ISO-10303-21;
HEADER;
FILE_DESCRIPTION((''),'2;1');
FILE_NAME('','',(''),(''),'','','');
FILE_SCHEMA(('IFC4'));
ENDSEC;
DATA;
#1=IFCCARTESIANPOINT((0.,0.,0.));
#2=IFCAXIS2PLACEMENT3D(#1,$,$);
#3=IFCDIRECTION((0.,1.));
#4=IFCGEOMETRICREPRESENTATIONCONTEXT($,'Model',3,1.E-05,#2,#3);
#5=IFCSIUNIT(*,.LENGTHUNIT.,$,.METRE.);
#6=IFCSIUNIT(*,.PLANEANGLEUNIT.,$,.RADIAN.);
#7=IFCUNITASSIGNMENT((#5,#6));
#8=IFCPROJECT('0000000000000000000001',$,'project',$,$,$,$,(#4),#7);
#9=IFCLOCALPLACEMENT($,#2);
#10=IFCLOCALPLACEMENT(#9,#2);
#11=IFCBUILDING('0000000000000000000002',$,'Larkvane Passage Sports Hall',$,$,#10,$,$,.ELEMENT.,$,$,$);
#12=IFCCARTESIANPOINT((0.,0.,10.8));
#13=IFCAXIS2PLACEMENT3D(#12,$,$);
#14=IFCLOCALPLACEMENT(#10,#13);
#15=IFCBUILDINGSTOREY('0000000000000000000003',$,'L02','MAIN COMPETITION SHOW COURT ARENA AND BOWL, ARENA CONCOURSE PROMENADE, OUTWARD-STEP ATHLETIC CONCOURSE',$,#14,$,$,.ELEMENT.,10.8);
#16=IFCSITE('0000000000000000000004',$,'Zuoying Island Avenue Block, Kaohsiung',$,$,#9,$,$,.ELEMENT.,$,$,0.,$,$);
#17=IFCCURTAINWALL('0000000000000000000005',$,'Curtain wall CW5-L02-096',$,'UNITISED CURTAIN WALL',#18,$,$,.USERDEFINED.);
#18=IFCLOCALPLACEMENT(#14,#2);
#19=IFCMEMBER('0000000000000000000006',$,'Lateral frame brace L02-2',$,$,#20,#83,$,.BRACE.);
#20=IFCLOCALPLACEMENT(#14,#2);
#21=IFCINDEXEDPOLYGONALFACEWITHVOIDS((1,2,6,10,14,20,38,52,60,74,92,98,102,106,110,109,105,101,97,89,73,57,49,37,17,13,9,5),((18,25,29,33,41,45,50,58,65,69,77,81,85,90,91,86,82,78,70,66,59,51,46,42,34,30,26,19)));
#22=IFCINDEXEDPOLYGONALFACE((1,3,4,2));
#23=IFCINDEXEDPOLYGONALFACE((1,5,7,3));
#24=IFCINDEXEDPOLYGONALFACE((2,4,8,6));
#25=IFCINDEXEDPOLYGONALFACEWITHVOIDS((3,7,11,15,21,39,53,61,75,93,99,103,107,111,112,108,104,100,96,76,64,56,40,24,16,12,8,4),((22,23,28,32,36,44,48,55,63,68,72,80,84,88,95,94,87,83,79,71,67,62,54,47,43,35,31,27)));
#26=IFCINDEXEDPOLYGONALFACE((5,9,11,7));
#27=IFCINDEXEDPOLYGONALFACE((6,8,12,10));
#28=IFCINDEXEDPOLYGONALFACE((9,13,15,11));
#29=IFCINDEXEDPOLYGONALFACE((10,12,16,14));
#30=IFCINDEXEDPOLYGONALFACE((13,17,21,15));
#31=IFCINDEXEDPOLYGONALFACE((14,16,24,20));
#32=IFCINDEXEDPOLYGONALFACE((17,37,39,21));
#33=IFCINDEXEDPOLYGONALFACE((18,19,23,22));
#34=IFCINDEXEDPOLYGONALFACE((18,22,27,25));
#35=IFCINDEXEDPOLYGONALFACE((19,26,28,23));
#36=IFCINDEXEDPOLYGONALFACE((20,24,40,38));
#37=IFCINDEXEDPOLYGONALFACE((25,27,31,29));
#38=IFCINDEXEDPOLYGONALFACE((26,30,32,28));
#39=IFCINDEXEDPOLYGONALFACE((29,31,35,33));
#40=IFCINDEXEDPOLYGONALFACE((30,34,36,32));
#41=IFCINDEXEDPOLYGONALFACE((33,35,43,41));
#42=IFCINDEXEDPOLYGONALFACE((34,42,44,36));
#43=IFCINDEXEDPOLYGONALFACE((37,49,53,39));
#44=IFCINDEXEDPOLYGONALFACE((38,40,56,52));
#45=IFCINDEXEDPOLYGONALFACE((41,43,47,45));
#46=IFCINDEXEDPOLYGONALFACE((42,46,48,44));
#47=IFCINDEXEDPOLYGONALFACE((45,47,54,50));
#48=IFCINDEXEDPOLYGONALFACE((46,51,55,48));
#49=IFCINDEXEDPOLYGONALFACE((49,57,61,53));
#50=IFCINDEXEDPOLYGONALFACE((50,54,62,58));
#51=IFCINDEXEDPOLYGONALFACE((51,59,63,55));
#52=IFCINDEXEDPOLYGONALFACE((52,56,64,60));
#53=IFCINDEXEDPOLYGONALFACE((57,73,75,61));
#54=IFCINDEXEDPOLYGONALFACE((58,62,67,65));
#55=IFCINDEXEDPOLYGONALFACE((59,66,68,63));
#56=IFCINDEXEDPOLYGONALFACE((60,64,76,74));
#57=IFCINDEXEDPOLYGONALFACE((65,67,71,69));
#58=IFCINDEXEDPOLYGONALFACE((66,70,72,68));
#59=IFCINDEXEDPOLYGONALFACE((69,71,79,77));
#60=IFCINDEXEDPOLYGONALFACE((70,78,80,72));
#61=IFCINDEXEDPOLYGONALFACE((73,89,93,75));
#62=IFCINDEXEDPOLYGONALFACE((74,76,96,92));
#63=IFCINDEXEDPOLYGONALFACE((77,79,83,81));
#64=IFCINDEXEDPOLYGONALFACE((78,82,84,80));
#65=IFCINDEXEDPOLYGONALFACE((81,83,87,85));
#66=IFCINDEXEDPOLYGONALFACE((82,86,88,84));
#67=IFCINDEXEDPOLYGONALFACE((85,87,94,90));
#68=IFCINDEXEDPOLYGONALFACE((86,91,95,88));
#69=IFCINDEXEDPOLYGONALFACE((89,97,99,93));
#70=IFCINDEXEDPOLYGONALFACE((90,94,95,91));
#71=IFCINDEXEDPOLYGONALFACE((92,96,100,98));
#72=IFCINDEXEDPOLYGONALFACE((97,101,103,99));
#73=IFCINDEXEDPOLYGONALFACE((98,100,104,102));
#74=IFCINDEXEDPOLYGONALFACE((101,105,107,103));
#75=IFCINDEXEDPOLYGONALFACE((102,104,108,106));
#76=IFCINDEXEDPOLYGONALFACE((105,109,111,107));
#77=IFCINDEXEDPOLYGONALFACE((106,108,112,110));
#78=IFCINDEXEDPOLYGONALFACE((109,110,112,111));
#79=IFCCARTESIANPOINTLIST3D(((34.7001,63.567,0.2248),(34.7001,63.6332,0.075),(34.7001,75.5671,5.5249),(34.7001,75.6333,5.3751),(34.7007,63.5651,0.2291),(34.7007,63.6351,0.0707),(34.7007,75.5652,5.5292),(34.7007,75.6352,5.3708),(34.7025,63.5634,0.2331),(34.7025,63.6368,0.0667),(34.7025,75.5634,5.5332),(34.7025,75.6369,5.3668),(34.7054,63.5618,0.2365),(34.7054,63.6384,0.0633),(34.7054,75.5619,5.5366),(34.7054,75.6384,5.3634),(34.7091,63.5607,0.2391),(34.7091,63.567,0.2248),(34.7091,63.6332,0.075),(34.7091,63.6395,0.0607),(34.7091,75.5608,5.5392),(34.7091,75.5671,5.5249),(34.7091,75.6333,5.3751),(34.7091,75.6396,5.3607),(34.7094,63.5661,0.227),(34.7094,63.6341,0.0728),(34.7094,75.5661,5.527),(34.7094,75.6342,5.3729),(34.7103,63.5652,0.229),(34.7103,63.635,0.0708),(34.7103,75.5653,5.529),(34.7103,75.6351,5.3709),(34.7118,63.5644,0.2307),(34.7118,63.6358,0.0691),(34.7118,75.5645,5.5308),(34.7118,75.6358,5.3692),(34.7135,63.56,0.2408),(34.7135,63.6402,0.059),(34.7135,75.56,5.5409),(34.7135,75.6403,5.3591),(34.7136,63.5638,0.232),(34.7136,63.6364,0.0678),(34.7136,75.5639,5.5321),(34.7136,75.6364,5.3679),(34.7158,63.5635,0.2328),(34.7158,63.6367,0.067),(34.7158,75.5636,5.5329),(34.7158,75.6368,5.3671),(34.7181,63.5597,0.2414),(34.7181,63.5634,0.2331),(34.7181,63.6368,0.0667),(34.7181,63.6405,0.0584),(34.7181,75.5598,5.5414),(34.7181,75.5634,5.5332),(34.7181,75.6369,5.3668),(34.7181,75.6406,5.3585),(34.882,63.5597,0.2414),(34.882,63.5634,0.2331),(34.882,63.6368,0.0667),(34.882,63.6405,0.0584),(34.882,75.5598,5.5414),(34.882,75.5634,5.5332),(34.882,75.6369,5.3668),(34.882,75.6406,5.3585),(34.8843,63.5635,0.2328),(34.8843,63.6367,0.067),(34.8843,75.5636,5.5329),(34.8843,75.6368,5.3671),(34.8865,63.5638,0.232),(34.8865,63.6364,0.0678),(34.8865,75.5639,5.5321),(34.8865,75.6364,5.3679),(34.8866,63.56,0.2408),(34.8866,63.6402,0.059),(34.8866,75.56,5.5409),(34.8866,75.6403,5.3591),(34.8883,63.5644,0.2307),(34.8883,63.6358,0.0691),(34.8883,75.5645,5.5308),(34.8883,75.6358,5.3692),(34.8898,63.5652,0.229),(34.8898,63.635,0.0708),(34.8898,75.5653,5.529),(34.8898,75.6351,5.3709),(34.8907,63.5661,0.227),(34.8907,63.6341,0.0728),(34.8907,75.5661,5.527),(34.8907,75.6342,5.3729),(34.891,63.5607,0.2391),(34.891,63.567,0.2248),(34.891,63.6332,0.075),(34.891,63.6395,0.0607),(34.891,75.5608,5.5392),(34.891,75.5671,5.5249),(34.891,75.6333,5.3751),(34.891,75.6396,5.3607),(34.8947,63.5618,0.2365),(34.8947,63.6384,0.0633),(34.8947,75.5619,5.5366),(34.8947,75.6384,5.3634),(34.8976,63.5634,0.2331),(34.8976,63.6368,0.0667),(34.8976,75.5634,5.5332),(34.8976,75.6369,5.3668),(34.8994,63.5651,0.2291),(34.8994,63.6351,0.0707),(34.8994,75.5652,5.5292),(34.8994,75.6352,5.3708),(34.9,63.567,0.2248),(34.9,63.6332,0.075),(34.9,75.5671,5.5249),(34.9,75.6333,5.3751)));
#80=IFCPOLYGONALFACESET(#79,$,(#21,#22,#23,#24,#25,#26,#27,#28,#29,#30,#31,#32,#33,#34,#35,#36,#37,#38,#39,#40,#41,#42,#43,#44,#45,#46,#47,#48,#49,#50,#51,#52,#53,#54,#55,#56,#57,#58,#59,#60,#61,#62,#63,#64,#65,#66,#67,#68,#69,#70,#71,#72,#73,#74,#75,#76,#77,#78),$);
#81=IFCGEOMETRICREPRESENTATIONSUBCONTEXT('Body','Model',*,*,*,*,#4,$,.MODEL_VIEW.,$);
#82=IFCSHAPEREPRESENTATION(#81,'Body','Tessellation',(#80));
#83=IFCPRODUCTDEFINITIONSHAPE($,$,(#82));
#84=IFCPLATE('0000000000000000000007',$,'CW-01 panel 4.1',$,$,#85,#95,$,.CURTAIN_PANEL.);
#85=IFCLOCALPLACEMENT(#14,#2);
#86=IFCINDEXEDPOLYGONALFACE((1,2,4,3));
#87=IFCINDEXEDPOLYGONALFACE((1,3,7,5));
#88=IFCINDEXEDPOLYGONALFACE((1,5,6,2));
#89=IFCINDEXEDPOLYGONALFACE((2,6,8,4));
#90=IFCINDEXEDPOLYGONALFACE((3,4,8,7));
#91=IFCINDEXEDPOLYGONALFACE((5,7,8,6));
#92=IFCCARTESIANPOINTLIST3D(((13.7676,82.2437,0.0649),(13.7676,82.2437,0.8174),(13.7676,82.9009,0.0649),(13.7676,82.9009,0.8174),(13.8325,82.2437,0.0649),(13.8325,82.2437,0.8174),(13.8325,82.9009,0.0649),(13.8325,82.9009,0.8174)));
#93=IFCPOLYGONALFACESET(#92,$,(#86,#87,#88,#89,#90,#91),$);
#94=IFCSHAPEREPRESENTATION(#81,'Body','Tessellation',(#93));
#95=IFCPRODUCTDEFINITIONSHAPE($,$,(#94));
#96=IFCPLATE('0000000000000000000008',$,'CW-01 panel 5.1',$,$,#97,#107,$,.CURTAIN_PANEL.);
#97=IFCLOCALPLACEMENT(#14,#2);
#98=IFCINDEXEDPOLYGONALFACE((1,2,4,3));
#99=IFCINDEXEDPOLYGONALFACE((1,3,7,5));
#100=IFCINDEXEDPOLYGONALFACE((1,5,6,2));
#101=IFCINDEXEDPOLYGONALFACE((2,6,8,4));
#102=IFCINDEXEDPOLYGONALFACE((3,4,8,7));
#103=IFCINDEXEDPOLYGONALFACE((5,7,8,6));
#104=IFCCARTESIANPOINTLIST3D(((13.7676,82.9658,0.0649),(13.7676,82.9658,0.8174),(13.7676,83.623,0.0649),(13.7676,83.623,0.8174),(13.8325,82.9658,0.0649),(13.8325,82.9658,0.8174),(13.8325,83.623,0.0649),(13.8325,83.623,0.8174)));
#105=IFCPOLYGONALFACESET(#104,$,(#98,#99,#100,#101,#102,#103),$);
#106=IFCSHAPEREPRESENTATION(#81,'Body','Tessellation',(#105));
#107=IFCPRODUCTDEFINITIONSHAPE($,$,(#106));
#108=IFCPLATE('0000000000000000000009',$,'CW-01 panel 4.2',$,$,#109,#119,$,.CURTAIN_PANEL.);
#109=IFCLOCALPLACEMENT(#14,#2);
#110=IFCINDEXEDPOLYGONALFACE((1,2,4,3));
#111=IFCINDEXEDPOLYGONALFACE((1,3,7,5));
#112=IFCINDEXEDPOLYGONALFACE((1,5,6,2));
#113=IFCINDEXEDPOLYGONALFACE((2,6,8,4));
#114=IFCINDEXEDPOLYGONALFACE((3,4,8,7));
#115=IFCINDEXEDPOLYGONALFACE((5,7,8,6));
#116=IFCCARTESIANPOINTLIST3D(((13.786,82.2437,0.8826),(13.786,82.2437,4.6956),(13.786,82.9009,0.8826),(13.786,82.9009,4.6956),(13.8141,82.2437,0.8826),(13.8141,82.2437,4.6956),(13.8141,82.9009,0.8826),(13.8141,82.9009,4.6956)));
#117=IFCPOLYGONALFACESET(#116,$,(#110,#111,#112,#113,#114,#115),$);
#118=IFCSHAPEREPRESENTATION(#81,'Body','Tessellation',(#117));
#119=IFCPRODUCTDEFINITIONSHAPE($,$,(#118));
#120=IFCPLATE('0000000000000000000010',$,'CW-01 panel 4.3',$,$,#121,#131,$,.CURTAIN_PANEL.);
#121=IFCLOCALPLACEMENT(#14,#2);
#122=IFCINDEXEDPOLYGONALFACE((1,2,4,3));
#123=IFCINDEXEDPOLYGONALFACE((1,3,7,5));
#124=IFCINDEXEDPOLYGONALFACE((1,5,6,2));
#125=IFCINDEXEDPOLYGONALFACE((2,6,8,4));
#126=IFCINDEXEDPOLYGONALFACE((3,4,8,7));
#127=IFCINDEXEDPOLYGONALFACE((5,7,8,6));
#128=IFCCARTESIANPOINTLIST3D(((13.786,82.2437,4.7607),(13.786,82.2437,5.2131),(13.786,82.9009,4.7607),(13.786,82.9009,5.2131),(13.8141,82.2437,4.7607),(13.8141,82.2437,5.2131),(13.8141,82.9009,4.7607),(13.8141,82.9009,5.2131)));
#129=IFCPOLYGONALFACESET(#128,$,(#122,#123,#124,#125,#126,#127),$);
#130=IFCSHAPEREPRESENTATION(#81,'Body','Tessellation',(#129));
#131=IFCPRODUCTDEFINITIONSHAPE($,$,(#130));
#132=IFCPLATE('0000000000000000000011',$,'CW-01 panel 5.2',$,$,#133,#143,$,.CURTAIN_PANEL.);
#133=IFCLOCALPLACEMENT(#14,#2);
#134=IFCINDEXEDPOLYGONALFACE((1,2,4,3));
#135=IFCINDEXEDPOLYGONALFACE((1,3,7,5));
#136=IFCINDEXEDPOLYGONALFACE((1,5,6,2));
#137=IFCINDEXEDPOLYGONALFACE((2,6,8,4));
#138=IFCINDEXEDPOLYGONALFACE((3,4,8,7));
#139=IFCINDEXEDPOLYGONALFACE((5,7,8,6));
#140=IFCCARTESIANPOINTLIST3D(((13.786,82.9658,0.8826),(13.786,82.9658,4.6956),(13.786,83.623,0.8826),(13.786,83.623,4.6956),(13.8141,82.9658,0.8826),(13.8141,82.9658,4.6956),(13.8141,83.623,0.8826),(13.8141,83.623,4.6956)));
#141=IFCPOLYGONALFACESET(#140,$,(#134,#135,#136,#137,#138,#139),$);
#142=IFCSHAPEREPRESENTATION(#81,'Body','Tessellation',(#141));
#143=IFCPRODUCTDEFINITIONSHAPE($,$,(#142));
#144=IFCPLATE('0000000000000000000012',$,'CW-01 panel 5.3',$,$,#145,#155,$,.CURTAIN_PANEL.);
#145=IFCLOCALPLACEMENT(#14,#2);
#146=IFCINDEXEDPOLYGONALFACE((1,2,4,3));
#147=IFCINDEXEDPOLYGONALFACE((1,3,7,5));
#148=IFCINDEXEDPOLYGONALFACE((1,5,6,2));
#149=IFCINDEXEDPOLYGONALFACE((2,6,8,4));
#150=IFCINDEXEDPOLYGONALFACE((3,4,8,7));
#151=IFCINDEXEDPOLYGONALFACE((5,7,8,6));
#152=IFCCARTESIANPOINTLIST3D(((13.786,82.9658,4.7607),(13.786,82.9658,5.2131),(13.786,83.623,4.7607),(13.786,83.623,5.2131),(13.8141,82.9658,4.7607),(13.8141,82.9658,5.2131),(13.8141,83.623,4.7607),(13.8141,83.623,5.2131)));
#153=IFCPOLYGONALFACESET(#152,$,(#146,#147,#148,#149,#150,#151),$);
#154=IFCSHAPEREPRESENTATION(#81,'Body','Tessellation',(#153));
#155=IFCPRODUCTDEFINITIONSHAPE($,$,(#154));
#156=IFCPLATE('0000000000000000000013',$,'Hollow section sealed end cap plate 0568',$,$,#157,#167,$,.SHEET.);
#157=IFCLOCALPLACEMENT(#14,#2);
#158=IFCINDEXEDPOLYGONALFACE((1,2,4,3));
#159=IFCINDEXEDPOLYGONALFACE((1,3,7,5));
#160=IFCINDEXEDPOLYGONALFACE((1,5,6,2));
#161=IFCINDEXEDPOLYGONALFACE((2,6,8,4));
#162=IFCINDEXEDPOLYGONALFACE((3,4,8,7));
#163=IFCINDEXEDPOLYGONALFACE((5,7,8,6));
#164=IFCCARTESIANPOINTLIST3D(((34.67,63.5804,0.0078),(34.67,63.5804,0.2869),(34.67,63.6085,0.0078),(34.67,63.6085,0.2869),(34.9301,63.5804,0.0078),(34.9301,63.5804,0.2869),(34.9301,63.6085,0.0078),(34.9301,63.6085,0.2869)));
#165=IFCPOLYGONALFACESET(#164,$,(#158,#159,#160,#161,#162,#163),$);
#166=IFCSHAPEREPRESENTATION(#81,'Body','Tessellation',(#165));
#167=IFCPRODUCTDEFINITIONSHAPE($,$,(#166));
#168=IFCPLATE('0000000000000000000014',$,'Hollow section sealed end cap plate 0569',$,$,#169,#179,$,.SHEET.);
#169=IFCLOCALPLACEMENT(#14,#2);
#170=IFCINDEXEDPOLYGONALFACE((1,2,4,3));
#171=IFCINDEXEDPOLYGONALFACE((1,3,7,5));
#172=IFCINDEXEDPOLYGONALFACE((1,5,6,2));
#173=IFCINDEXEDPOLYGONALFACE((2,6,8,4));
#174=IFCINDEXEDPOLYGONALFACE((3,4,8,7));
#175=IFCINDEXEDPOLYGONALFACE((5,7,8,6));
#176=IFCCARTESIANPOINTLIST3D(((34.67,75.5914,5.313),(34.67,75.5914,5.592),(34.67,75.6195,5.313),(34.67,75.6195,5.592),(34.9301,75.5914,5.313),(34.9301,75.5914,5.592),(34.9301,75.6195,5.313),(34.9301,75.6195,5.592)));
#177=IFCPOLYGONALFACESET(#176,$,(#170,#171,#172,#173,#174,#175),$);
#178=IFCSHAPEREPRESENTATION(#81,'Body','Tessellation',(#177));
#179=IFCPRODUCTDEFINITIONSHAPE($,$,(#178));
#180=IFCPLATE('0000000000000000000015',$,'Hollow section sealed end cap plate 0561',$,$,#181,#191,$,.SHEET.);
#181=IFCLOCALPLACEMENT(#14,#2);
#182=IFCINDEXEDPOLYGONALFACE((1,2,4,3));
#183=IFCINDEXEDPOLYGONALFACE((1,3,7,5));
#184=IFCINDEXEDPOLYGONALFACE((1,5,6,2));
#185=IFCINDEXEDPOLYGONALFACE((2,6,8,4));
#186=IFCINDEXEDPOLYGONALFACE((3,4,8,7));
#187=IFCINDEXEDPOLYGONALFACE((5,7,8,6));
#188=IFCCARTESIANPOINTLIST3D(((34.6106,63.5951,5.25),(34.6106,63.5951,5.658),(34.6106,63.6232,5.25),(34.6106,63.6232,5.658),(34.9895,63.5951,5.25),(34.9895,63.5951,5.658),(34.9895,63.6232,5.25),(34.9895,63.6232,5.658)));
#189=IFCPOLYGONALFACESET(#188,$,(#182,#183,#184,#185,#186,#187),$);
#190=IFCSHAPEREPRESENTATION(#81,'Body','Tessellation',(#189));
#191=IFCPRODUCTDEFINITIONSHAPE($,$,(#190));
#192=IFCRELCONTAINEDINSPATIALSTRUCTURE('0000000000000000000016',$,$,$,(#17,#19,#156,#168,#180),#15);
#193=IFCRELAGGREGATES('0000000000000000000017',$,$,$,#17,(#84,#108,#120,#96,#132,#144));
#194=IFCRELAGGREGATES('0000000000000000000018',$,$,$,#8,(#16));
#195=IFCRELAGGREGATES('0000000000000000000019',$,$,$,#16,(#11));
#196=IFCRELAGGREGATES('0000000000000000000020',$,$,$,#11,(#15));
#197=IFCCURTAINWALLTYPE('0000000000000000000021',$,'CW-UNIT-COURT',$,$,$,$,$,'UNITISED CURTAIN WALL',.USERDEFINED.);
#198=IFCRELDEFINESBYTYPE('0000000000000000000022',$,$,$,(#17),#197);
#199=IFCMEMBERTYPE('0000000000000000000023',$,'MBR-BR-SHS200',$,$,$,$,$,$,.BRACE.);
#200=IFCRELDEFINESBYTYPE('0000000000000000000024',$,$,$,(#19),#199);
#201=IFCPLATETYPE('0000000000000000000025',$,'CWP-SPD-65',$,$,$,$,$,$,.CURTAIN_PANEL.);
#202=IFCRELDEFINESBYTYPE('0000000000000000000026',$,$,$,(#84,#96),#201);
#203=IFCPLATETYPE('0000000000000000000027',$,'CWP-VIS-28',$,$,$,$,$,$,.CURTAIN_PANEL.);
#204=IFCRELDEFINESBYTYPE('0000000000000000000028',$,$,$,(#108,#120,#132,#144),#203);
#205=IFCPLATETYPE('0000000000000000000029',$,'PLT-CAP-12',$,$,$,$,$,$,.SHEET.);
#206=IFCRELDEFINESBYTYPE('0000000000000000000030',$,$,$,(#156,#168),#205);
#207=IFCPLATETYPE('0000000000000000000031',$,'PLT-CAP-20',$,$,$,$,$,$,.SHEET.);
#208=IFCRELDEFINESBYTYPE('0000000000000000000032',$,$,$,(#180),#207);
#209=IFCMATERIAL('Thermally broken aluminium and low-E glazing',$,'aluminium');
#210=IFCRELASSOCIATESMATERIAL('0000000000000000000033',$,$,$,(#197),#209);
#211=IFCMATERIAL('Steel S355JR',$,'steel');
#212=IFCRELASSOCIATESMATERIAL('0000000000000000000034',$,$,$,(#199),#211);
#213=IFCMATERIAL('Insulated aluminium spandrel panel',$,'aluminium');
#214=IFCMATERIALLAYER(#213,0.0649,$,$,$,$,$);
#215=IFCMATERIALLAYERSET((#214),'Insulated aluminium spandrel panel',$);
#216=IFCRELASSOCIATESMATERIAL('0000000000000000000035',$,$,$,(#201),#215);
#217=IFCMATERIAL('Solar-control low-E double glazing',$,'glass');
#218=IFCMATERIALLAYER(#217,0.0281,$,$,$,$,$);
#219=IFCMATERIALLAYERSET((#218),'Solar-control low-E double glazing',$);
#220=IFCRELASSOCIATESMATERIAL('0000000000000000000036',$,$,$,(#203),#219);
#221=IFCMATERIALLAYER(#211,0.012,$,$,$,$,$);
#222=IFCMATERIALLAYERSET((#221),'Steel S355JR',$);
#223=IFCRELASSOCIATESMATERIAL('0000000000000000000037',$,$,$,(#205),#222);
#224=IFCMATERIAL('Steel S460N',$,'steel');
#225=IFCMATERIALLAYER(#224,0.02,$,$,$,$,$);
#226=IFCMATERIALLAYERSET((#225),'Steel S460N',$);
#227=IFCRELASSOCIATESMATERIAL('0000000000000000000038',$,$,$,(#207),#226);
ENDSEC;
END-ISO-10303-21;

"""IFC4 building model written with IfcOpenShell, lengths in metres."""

from ifc_helpers import new_model, si_unit, direction, frame, origin, origin_2d, place, context, subcontext, project, spatial, rectangle, hollow_rectangle, extrude, material, layer, layer_set, material_profile, profile_set, type_object, element, aggregate, save


model = new_model("IFC4")

# Units and contexts
model_context = context("Model", 3, precision=1e-05, world=origin(), true_north=direction((0.0, 1.0)))
body_context = subcontext(model_context, "Body", "Model", "MODEL_VIEW")
ifc_project = project(units=[si_unit("LENGTHUNIT", "METRE"), si_unit("PLANEANGLEUNIT", "RADIAN")], contexts=[model_context])

# Site, building, storey
site_placement = place(None, origin())
site = spatial("IfcSite", under=ifc_project, at=site_placement, Name="Zuoying Island Avenue Block, Kaohsiung", CompositionType="ELEMENT", RefElevation=0.0)
building_placement = place(site_placement, origin())
building = spatial("IfcBuilding", under=site, at=building_placement, Name="Larkvane Passage Sports Hall", CompositionType="ELEMENT")
storey_placement = place(building_placement, frame((0.0, 0.0, 10.8)))
storey = spatial("IfcBuildingStorey", under=building, at=storey_placement, Name="L02", Description="MAIN COMPETITION SHOW COURT ARENA AND BOWL, ARENA CONCOURSE PROMENADE, OUTWARD-STEP ATHLETIC CONCOURSE", CompositionType="ELEMENT", Elevation=10.8)

# Shared definitions
ifc_material_1 = material(Name="Steel S460N", Category="steel")

# Curtain wall
ifc_material_2 = material(Name="Thermally broken aluminium and low-E glazing", Category="aluminium")
curtain_wall_type = type_object("IfcCurtainWallType", Name="CW-UNIT-COURT", ElementType="UNITISED CURTAIN WALL", PredefinedType="USERDEFINED", material=ifc_material_2)
curtain_wall_placement = place(storey_placement, origin())
curtain_wall = element("IfcCurtainWall", 1, at=curtain_wall_placement, inside=storey, type_object=curtain_wall_type, Name="Curtain wall CW5-L02-096", ObjectType="UNITISED CURTAIN WALL", PredefinedType="USERDEFINED")

# Shared definitions
ifc_material_3 = material(Name="Steel S355JR", Category="steel")

# Member
ifc_material_profile_1 = material_profile(ifc_material_3, hollow_rectangle(XDim=0.2, YDim=0.2, WallThickness=0.009, InnerFilletRadius=0.009, OuterFilletRadius=0.0181, at=origin_2d()), Name="SHS-200x200x9")
ifc_profile_set_1 = profile_set([ifc_material_profile_1], Name="Steel S355JR")
member_type_1 = type_object("IfcMemberType", Name="MBR-BR-SHS200", PredefinedType="BRACE", material=ifc_profile_set_1)
member_1_placement = place(storey_placement, frame((34.8, 63.6001, 0.1499), z_axis=(0.0, 0.914751, 0.404019), x_axis=(-1.0, 0.0, 0.0)))
element("IfcMember", 2, at=member_1_placement, inside=storey, type_object=member_type_1, Name="Lateral frame brace L02-2", PredefinedType="BRACE", context=body_context, shape_type="SweptSolid", body=[
    extrude(hollow_rectangle(XDim=0.2, YDim=0.2, WallThickness=0.009, InnerFilletRadius=0.009, OuterFilletRadius=0.0181, at=origin_2d()), origin(), (0.0, 0.0, 1.0), 13.1184),
])

# Plates
ifc_material_4 = material(Name="Insulated aluminium spandrel panel", Category="aluminium")
ifc_layer_1 = layer(ifc_material_4, 0.0649)
ifc_layer_set_1 = layer_set([ifc_layer_1], Name="Insulated aluminium spandrel panel")
plate_type_1 = type_object("IfcPlateType", Name="CWP-SPD-65", PredefinedType="CURTAIN_PANEL", material=ifc_layer_set_1)
plate_1_placement = place(storey_placement, frame((13.8, 82.5723, 0.0649), z_axis=(0.0, 0.0, 1.0), x_axis=(0.0, 1.0, 0.0)))
plate_1 = element("IfcPlate", 3, at=plate_1_placement, type_object=plate_type_1, Name="CW-01 panel 4.1", PredefinedType="CURTAIN_PANEL", context=body_context, shape_type="SweptSolid", body=[
    extrude(rectangle(XDim=0.6572, YDim=0.0649, at=origin_2d()), origin(), (0.0, 0.0, 1.0), 0.7524),
])
plate_2_placement = place(storey_placement, frame((13.8, 83.2944, 0.0649), z_axis=(0.0, 0.0, 1.0), x_axis=(0.0, 1.0, 0.0)))
plate_2 = element("IfcPlate", 4, at=plate_2_placement, type_object=plate_type_1, Name="CW-01 panel 5.1", PredefinedType="CURTAIN_PANEL", context=body_context, shape_type="SweptSolid", body=[
    extrude(rectangle(XDim=0.6572, YDim=0.0649, at=origin_2d()), origin(), (0.0, 0.0, 1.0), 0.7524),
])
ifc_material_5 = material(Name="Solar-control low-E double glazing", Category="glass")
ifc_layer_2 = layer(ifc_material_5, 0.0281)
ifc_layer_set_2 = layer_set([ifc_layer_2], Name="Solar-control low-E double glazing")
plate_type_2 = type_object("IfcPlateType", Name="CWP-VIS-28", PredefinedType="CURTAIN_PANEL", material=ifc_layer_set_2)
plate_3_placement = place(storey_placement, frame((13.8, 82.5723, 0.8826), z_axis=(0.0, 0.0, 1.0), x_axis=(0.0, 1.0, 0.0)))
plate_3 = element("IfcPlate", 5, at=plate_3_placement, type_object=plate_type_2, Name="CW-01 panel 4.2", PredefinedType="CURTAIN_PANEL", context=body_context, shape_type="SweptSolid", body=[
    extrude(rectangle(XDim=0.6572, YDim=0.0281, at=origin_2d()), origin(), (0.0, 0.0, 1.0), 3.813),
])
plate_4_placement = place(storey_placement, frame((13.8, 82.5723, 4.7607), z_axis=(0.0, 0.0, 1.0), x_axis=(0.0, 1.0, 0.0)))
plate_4 = element("IfcPlate", 6, at=plate_4_placement, type_object=plate_type_2, Name="CW-01 panel 4.3", PredefinedType="CURTAIN_PANEL", context=body_context, shape_type="SweptSolid", body=[
    extrude(rectangle(XDim=0.6572, YDim=0.0281, at=origin_2d()), origin(), (0.0, 0.0, 1.0), 0.4524),
])
plate_5_placement = place(storey_placement, frame((13.8, 83.2944, 0.8826), z_axis=(0.0, 0.0, 1.0), x_axis=(0.0, 1.0, 0.0)))
plate_5 = element("IfcPlate", 7, at=plate_5_placement, type_object=plate_type_2, Name="CW-01 panel 5.2", PredefinedType="CURTAIN_PANEL", context=body_context, shape_type="SweptSolid", body=[
    extrude(rectangle(XDim=0.6572, YDim=0.0281, at=origin_2d()), origin(), (0.0, 0.0, 1.0), 3.813),
])
plate_6_placement = place(storey_placement, frame((13.8, 83.2944, 4.7607), z_axis=(0.0, 0.0, 1.0), x_axis=(0.0, 1.0, 0.0)))
plate_6 = element("IfcPlate", 8, at=plate_6_placement, type_object=plate_type_2, Name="CW-01 panel 5.3", PredefinedType="CURTAIN_PANEL", context=body_context, shape_type="SweptSolid", body=[
    extrude(rectangle(XDim=0.6572, YDim=0.0281, at=origin_2d()), origin(), (0.0, 0.0, 1.0), 0.4524),
])
aggregate(curtain_wall, [plate_1, plate_3, plate_4, plate_2, plate_5, plate_6])

# Plates
ifc_layer_3 = layer(ifc_material_3, 0.012)
ifc_layer_set_3 = layer_set([ifc_layer_3], Name="Steel S355JR")
plate_type_3 = type_object("IfcPlateType", Name="PLT-CAP-12", PredefinedType="SHEET", material=ifc_layer_set_3)
for number, where, z_axis, x_axis, name in (
    (9, (34.8, 63.5945, 0.0078), (0.0, 0.0, 1.0), (-1.0, 0.0, 0.0), "Hollow section sealed end cap plate 0568"),
    (10, (34.8, 75.6055, 5.313), (0.0, 0.0, 1.0), (-1.0, 0.0, 0.0), "Hollow section sealed end cap plate 0569"),
):
    element("IfcPlate", number, at=place(storey_placement, frame(where, z_axis=z_axis, x_axis=x_axis)), inside=storey, type_object=plate_type_3, Name=name, PredefinedType="SHEET", context=body_context, shape_type="SweptSolid", body=[
        extrude(rectangle(XDim=0.26, YDim=0.0281, at=origin_2d()), origin(), (0.0, 0.0, 1.0), 0.2791),
    ])
ifc_layer_4 = layer(ifc_material_1, 0.02)
ifc_layer_set_4 = layer_set([ifc_layer_4], Name="Steel S460N")
plate_type_4 = type_object("IfcPlateType", Name="PLT-CAP-20", PredefinedType="SHEET", material=ifc_layer_set_4)
plate_7_placement = place(storey_placement, frame((34.8, 63.6091, 5.25), z_axis=(0.0, 0.0, 1.0), x_axis=(-1.0, 0.0, 0.0)))
element("IfcPlate", 11, at=plate_7_placement, inside=storey, type_object=plate_type_4, Name="Hollow section sealed end cap plate 0561", PredefinedType="SHEET", context=body_context, shape_type="SweptSolid", body=[
    extrude(rectangle(XDim=0.3789, YDim=0.0281, at=origin_2d()), origin(), (0.0, 0.0, 1.0), 0.408),
])

save(model, "model.ifc")
